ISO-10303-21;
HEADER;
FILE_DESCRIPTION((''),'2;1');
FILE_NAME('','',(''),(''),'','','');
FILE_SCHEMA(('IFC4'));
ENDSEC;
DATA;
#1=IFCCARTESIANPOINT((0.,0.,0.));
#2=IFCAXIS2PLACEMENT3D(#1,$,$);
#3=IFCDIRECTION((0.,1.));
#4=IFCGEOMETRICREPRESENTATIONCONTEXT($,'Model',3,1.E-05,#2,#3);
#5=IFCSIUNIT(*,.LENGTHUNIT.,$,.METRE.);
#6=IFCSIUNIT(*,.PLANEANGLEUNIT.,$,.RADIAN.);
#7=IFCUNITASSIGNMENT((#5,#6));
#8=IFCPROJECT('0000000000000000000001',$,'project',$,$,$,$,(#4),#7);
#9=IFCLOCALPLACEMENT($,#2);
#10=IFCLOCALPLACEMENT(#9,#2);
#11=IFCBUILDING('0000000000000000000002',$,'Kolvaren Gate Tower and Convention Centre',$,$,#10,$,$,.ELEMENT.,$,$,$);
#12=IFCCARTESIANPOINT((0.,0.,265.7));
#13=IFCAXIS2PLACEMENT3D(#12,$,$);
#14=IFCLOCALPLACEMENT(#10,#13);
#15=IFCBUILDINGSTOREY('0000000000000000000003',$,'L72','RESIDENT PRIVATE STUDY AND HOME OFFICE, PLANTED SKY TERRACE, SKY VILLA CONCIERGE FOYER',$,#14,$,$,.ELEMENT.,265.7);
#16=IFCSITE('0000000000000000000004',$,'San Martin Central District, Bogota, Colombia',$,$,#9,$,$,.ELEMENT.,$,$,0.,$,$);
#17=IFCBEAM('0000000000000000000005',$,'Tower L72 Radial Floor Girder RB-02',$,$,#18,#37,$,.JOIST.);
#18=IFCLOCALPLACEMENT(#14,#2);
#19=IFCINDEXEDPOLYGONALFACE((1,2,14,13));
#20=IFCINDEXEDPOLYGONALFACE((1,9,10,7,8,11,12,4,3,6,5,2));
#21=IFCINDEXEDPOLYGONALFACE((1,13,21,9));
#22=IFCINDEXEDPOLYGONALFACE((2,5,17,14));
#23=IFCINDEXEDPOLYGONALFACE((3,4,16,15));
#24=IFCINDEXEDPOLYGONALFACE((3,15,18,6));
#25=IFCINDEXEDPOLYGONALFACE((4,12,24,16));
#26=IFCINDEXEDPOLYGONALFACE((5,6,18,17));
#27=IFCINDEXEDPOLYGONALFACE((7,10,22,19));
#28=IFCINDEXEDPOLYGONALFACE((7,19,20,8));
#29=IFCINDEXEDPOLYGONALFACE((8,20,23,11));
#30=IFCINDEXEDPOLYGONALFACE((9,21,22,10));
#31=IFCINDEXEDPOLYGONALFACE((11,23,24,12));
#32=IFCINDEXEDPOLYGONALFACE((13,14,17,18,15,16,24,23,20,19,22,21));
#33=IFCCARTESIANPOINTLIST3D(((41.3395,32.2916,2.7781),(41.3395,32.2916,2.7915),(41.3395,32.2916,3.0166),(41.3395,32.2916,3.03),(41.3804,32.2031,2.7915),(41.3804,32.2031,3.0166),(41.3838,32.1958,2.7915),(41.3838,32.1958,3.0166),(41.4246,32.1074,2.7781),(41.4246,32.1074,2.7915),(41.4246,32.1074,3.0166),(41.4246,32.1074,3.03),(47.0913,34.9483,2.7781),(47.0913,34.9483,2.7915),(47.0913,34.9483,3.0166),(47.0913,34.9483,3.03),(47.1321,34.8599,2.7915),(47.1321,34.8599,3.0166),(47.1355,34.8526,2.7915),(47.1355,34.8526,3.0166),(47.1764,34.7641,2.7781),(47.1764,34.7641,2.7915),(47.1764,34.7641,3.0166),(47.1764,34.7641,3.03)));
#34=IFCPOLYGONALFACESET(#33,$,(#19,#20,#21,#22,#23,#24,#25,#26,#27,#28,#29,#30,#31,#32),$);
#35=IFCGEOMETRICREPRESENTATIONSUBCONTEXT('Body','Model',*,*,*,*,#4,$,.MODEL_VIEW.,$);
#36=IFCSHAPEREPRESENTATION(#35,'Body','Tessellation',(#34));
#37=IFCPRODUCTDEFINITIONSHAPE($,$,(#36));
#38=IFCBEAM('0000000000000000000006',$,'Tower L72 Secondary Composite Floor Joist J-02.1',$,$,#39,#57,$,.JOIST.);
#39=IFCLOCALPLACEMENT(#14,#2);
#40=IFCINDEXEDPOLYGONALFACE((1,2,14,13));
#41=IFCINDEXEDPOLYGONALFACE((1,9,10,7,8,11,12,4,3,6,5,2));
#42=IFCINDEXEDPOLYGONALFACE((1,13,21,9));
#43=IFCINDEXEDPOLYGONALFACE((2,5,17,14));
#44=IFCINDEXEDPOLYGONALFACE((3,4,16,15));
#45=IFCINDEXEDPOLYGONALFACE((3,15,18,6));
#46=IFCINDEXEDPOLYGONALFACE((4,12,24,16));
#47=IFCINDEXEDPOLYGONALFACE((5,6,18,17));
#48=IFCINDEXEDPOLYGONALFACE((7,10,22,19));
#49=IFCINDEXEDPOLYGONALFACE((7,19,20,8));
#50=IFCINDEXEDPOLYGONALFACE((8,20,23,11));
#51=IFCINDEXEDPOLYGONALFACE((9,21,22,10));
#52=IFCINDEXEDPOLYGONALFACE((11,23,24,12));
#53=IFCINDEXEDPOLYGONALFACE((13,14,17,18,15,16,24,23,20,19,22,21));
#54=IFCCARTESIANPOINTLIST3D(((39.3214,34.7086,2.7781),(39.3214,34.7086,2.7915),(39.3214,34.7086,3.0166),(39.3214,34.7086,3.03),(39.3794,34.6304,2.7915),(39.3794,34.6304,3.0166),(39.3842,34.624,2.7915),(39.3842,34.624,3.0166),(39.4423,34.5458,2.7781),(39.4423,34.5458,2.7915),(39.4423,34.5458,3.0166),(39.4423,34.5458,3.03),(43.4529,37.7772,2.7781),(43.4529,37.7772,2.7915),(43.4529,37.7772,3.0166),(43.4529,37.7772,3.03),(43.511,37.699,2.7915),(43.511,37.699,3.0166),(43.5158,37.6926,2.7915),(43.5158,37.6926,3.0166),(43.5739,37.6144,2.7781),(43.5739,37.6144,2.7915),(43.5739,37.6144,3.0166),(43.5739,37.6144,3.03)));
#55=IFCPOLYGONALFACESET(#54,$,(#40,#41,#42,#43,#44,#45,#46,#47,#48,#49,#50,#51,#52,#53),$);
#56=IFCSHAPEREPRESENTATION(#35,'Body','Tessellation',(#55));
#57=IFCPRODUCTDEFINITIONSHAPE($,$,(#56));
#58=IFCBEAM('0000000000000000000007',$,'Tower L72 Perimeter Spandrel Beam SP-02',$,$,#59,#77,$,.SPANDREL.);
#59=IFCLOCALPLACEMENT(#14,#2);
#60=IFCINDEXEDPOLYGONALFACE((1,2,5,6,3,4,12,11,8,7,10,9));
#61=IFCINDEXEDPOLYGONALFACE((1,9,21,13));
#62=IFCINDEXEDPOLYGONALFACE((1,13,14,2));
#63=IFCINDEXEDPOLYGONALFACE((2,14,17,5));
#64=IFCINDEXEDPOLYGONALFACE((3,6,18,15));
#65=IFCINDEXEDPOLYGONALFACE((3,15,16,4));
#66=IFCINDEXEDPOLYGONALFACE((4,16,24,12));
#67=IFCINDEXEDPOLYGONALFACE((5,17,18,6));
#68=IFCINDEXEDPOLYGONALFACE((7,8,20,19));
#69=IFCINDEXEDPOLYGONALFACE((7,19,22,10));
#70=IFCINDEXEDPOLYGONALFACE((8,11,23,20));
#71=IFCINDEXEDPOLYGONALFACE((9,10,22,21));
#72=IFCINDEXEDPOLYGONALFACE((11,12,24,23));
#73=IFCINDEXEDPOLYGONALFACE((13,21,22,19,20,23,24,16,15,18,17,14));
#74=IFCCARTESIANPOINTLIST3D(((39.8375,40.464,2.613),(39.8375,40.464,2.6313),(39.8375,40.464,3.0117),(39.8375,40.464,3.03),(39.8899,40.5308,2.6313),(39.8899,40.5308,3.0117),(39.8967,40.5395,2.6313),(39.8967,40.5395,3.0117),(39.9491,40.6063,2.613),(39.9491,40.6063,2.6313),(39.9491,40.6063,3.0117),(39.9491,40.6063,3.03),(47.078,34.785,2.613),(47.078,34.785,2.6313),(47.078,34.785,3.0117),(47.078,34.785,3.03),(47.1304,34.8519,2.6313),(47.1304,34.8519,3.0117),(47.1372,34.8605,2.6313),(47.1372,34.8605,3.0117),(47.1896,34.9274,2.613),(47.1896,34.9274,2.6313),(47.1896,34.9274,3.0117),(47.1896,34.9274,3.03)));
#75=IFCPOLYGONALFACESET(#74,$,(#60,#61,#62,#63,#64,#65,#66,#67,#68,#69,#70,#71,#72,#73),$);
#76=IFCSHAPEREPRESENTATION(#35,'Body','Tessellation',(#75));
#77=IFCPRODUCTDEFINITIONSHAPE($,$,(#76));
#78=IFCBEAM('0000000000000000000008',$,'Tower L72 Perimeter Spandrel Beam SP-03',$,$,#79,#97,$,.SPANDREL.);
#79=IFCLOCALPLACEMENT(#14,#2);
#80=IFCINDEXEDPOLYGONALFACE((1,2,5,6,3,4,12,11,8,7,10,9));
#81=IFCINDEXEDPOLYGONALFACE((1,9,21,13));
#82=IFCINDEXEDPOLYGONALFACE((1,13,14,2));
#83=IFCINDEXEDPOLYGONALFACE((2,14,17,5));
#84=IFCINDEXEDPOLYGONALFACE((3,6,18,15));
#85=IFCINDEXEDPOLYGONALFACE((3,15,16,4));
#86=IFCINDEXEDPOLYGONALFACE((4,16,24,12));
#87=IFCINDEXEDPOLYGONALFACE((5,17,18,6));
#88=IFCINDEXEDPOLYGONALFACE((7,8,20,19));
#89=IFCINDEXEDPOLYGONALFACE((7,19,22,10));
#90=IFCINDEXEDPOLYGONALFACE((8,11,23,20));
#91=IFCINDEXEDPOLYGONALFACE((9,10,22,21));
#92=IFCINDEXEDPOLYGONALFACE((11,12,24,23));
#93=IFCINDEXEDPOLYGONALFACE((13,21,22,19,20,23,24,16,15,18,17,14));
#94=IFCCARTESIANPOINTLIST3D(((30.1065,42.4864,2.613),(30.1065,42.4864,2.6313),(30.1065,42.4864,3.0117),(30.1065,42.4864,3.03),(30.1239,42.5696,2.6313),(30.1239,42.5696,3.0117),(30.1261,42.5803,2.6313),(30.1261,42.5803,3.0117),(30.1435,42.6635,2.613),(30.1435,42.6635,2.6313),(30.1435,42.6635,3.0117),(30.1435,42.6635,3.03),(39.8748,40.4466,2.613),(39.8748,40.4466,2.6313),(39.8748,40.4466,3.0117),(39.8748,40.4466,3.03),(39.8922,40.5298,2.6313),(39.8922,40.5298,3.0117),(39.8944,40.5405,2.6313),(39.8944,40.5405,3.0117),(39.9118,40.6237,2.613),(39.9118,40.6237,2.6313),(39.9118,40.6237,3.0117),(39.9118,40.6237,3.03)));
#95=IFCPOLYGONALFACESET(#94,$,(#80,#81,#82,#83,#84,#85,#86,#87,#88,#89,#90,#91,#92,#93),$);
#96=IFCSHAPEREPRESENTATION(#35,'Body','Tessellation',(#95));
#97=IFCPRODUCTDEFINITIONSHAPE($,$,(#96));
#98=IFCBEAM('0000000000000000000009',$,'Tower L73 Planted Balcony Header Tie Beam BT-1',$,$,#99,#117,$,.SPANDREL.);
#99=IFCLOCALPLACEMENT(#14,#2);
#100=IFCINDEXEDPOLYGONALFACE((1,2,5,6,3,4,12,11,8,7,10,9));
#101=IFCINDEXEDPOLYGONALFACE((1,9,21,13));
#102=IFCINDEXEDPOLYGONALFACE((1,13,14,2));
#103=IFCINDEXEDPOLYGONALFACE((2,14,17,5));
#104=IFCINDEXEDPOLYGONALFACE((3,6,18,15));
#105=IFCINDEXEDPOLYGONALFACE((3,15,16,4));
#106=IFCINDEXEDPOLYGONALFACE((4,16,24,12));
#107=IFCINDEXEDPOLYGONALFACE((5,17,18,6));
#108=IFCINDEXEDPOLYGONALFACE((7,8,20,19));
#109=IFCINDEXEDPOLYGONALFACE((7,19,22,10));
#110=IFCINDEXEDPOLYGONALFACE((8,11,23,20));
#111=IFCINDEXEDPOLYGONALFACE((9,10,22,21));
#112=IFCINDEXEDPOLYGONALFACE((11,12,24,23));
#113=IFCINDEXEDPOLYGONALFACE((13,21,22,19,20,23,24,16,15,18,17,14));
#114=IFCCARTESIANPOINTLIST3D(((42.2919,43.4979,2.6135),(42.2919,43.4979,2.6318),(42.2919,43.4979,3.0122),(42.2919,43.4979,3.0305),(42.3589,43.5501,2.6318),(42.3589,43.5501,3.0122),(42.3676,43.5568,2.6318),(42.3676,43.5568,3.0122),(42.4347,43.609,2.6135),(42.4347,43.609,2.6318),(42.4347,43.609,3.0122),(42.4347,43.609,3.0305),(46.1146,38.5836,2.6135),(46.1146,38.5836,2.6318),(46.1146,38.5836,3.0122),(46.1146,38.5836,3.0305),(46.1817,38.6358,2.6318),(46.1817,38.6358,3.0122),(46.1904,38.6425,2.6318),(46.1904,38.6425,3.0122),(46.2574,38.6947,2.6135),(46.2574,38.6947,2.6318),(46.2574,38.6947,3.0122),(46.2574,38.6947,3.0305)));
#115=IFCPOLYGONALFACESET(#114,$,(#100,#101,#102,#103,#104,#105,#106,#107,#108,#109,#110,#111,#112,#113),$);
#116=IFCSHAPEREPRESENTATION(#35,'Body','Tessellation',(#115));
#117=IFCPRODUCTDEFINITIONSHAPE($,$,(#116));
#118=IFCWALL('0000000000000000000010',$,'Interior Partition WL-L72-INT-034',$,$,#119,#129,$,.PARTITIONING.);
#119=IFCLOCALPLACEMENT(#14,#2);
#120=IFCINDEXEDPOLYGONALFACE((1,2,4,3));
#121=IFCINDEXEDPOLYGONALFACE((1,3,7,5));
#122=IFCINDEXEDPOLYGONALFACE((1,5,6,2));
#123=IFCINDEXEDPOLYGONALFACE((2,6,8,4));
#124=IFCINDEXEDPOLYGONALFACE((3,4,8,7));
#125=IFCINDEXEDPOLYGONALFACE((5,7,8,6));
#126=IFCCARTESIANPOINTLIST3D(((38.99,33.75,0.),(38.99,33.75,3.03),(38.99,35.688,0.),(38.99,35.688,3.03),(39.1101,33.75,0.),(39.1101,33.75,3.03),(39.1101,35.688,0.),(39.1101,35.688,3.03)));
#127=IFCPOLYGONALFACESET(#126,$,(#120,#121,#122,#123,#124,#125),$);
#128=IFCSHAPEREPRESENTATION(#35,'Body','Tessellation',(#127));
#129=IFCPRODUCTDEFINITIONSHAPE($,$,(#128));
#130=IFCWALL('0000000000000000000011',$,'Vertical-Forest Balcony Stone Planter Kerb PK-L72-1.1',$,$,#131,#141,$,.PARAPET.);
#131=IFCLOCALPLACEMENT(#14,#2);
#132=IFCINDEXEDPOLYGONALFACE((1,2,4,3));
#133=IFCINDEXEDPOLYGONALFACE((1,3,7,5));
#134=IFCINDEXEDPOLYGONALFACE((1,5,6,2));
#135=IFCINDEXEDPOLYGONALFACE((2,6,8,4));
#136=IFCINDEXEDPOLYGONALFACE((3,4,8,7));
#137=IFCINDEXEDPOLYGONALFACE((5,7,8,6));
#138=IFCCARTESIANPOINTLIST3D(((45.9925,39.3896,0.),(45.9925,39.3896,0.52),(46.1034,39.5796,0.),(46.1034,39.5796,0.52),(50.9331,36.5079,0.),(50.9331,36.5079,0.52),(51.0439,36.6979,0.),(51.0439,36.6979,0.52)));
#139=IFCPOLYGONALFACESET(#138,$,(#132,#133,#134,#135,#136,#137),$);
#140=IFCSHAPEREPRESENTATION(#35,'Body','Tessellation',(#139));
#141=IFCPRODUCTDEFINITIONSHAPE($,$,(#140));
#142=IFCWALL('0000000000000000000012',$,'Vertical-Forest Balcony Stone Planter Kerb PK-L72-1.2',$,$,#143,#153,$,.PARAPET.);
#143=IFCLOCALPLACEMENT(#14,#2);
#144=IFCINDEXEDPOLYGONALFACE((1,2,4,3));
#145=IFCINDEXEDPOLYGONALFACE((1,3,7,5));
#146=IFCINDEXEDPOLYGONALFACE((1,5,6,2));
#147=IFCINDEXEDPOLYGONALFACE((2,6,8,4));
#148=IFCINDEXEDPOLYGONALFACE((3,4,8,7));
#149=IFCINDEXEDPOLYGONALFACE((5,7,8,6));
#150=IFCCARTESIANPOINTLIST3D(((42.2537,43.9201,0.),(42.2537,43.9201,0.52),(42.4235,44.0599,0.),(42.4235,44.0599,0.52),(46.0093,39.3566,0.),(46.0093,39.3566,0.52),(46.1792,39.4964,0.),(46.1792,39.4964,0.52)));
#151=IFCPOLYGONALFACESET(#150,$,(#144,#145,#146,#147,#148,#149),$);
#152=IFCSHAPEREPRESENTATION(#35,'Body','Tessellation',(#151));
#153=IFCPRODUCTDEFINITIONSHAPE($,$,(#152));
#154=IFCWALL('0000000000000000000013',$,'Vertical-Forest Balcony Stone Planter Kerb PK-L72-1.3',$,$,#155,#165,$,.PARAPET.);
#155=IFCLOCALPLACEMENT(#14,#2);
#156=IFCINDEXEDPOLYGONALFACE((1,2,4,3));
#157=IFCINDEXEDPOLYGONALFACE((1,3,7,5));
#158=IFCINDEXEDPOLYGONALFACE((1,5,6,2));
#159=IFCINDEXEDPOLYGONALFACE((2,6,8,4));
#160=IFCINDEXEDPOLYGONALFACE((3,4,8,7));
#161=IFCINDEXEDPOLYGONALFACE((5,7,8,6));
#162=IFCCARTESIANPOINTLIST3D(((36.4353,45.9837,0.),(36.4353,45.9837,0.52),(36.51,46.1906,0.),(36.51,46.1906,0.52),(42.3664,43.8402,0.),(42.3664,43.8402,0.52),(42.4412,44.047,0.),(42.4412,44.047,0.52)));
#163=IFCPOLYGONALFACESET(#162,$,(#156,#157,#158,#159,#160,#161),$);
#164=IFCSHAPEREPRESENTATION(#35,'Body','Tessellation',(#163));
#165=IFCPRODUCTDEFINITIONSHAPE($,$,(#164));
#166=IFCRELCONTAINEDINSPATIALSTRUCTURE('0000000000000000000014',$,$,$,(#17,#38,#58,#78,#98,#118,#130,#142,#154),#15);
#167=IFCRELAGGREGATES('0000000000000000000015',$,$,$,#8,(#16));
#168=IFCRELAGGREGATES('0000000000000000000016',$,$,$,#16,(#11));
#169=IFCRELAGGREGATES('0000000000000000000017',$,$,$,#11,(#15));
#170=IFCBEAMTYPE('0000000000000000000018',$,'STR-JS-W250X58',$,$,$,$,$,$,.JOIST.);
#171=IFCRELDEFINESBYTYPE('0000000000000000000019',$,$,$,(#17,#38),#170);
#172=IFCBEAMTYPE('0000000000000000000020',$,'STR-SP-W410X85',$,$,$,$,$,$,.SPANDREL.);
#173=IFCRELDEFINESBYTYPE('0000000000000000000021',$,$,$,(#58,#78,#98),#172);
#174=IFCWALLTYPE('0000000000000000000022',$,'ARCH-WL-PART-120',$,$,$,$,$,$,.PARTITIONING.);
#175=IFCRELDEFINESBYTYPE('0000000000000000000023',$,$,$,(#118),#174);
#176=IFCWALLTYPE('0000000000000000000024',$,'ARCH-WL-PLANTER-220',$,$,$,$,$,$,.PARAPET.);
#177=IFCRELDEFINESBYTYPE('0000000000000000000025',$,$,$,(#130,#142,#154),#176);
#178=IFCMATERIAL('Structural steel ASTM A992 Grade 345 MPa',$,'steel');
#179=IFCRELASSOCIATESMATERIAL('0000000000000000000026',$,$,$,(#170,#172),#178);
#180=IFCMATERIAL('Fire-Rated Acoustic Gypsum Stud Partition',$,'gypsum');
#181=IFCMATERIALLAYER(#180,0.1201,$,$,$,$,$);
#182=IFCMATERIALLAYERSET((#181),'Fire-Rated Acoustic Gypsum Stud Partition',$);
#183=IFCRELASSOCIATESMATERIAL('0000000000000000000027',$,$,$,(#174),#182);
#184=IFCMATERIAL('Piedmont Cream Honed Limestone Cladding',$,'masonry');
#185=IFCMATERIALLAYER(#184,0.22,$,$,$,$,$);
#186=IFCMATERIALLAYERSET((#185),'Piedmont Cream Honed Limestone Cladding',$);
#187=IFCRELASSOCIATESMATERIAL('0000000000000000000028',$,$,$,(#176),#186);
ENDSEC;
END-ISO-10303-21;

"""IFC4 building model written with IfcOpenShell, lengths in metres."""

from ifc_helpers import new_model, si_unit, direction, frame, frame_2d, origin, origin_2d, place, context, subcontext, project, spatial, rectangle, i_section, extrude, material, layer, layer_set, material_profile, profile_set, type_object, element, save


model = new_model("IFC4")

# Units and contexts
model_context = context("Model", 3, precision=1e-05, world=origin(), true_north=direction((0.0, 1.0)))
body_context = subcontext(model_context, "Body", "Model", "MODEL_VIEW")
ifc_project = project(units=[si_unit("LENGTHUNIT", "METRE"), si_unit("PLANEANGLEUNIT", "RADIAN")], contexts=[model_context])

# Site, building, storey
site_placement = place(None, origin())
site = spatial("IfcSite", under=ifc_project, at=site_placement, Name="San Martin Central District, Bogota, Colombia", CompositionType="ELEMENT", RefElevation=0.0)
building_placement = place(site_placement, origin())
building = spatial("IfcBuilding", under=site, at=building_placement, Name="Kolvaren Gate Tower and Convention Centre", CompositionType="ELEMENT")
storey_placement = place(building_placement, frame((0.0, 0.0, 265.7)))
storey = spatial("IfcBuildingStorey", under=building, at=storey_placement, Name="L72", Description="RESIDENT PRIVATE STUDY AND HOME OFFICE, PLANTED SKY TERRACE, SKY VILLA CONCIERGE FOYER", CompositionType="ELEMENT", Elevation=265.7)

# Beams
ifc_material_1 = material(Name="Structural steel ASTM A992 Grade 345 MPa", Category="steel")
ifc_material_profile_1 = material_profile(ifc_material_1, i_section(OverallWidth=0.2029, OverallDepth=0.252, WebThickness=0.0081, FlangeThickness=0.0134, at=origin_2d()), Name="W250X58")
ifc_profile_set_1 = profile_set([ifc_material_profile_1], Name="Structural steel ASTM A992 Grade 345 MPa")
beam_type_1 = type_object("IfcBeamType", Name="STR-JS-W250X58", PredefinedType="JOIST", material=ifc_profile_set_1)
beam_1_placement = place(storey_placement, frame((41.3821, 32.1995, 2.9041), z_axis=(0.907833, 0.419332, 0.0), x_axis=(-0.419332, 0.907833, 0.0)))
element("IfcBeam", 1, at=beam_1_placement, inside=storey, type_object=beam_type_1, Name="Tower L72 Radial Floor Girder RB-02", PredefinedType="JOIST", context=body_context, shape_type="SweptSolid", body=[
    extrude(i_section(OverallWidth=0.2029, OverallDepth=0.252, WebThickness=0.0081, FlangeThickness=0.0134, at=origin_2d()), origin(), (0.0, 0.0, 1.0), 6.3357),
])
beam_2_placement = place(storey_placement, frame((39.3818, 34.6272, 2.9041), z_axis=(0.802798, 0.596252, 0.0), x_axis=(-0.596252, 0.802798, 0.0)))
element("IfcBeam", 2, at=beam_2_placement, inside=storey, type_object=beam_type_1, Name="Tower L72 Secondary Composite Floor Joist J-02.1", PredefinedType="JOIST", context=body_context, shape_type="SweptSolid", body=[
    extrude(i_section(OverallWidth=0.2029, OverallDepth=0.252, WebThickness=0.0081, FlangeThickness=0.0134, at=origin_2d()), origin(), (0.0, 0.0, 1.0), 5.1465),
])
ifc_material_profile_2 = material_profile(ifc_material_1, i_section(OverallWidth=0.1809, OverallDepth=0.417, WebThickness=0.011, FlangeThickness=0.0183, at=origin_2d()), Name="W410X85")
ifc_profile_set_2 = profile_set([ifc_material_profile_2], Name="Structural steel ASTM A992 Grade 345 MPa")
beam_type_2 = type_object("IfcBeamType", Name="STR-SP-W410X85", PredefinedType="SPANDREL", material=ifc_profile_set_2)
beam_3_placement = place(storey_placement, frame((47.1338, 34.8562, 2.8215), z_axis=(-0.786846, 0.61715, 0.0), x_axis=(-0.61715, -0.786846, 0.0)))
element("IfcBeam", 3, at=beam_3_placement, inside=storey, type_object=beam_type_2, Name="Tower L72 Perimeter Spandrel Beam SP-02", PredefinedType="SPANDREL", context=body_context, shape_type="SweptSolid", body=[
    extrude(i_section(OverallWidth=0.1809, OverallDepth=0.417, WebThickness=0.011, FlangeThickness=0.0183, at=origin_2d()), origin(), (0.0, 0.0, 1.0), 9.2019),
])
beam_4_placement = place(storey_placement, frame((39.8933, 40.5352, 2.8215), z_axis=(-0.978886, 0.204409, 0.0), x_axis=(-0.204409, -0.978886, 0.0)))
element("IfcBeam", 4, at=beam_4_placement, inside=storey, type_object=beam_type_2, Name="Tower L72 Perimeter Spandrel Beam SP-03", PredefinedType="SPANDREL", context=body_context, shape_type="SweptSolid", body=[
    extrude(i_section(OverallWidth=0.1809, OverallDepth=0.417, WebThickness=0.011, FlangeThickness=0.0183, at=origin_2d()), origin(), (0.0, 0.0, 1.0), 9.979),
])
beam_5_placement = place(storey_placement, frame((46.186, 38.6392, 2.822), z_axis=(-0.613992, 0.789312, 0.0), x_axis=(-0.789312, -0.613992, 0.0)))
element("IfcBeam", 5, at=beam_5_placement, inside=storey, type_object=beam_type_2, Name="Tower L73 Planted Balcony Header Tie Beam BT-1", PredefinedType="SPANDREL", context=body_context, shape_type="SweptSolid", body=[
    extrude(i_section(OverallWidth=0.1809, OverallDepth=0.417, WebThickness=0.011, FlangeThickness=0.0183, at=origin_2d()), origin(), (0.0, 0.0, 1.0), 6.2261),
])

# Walls
ifc_material_2 = material(Name="Fire-Rated Acoustic Gypsum Stud Partition", Category="gypsum")
ifc_layer_1 = layer(ifc_material_2, 0.1201)
ifc_layer_set_1 = layer_set([ifc_layer_1], Name="Fire-Rated Acoustic Gypsum Stud Partition")
wall_type_1 = type_object("IfcWallType", Name="ARCH-WL-PART-120", PredefinedType="PARTITIONING", material=ifc_layer_set_1)
wall_1_placement = place(storey_placement, frame((39.05, 33.75, 0.0), z_axis=(0.0, 0.0, 1.0), x_axis=(0.0, 1.0, 0.0)))
element("IfcWall", 6, at=wall_1_placement, inside=storey, type_object=wall_type_1, Name="Interior Partition WL-L72-INT-034", PredefinedType="PARTITIONING", context=body_context, shape_type="SweptSolid", body=[
    extrude(rectangle(XDim=1.938, YDim=0.1201, at=frame_2d((0.969, 0.0))), origin(), (0.0, 0.0, 1.0), 3.03),
])
ifc_material_3 = material(Name="Piedmont Cream Honed Limestone Cladding", Category="masonry")
ifc_layer_2 = layer(ifc_material_3, 0.22)
ifc_layer_set_2 = layer_set([ifc_layer_2], Name="Piedmont Cream Honed Limestone Cladding")
wall_type_2 = type_object("IfcWallType", Name="ARCH-WL-PLANTER-220", PredefinedType="PARAPET", material=ifc_layer_set_2)
wall_2_placement = place(storey_placement, frame((46.0479, 39.4846, 0.0), z_axis=(0.0, 0.0, 1.0), x_axis=(0.863804, -0.503829, 0.0)))
element("IfcWall", 7, at=wall_2_placement, inside=storey, type_object=wall_type_2, Name="Vertical-Forest Balcony Stone Planter Kerb PK-L72-1.1", PredefinedType="PARAPET", context=body_context, shape_type="SweptSolid", body=[
    extrude(rectangle(XDim=5.7195, YDim=0.22, at=frame_2d((2.8599, 0.0))), origin(), (0.0, 0.0, 1.0), 0.52),
])
wall_3_placement = place(storey_placement, frame((42.3386, 43.99, 0.0), z_axis=(0.0, 0.0, 1.0), x_axis=(0.635451, -0.772141, 0.0)))
element("IfcWall", 8, at=wall_3_placement, inside=storey, type_object=wall_type_2, Name="Vertical-Forest Balcony Stone Planter Kerb PK-L72-1.2", PredefinedType="PARAPET", context=body_context, shape_type="SweptSolid", body=[
    extrude(rectangle(XDim=5.9102, YDim=0.22, at=frame_2d((2.9551, 0.0))), origin(), (0.0, 0.0, 1.0), 0.52),
])
wall_4_placement = place(storey_placement, frame((36.4727, 46.0872, 0.0), z_axis=(0.0, 0.0, 1.0), x_axis=(0.940465, -0.33989, 0.0)))
element("IfcWall", 9, at=wall_4_placement, inside=storey, type_object=wall_type_2, Name="Vertical-Forest Balcony Stone Planter Kerb PK-L72-1.3", PredefinedType="PARAPET", context=body_context, shape_type="SweptSolid", body=[
    extrude(rectangle(XDim=6.3066, YDim=0.22, at=frame_2d((3.1533, 0.0))), origin(), (0.0, 0.0, 1.0), 0.52),
])

save(model, "model.ifc")
